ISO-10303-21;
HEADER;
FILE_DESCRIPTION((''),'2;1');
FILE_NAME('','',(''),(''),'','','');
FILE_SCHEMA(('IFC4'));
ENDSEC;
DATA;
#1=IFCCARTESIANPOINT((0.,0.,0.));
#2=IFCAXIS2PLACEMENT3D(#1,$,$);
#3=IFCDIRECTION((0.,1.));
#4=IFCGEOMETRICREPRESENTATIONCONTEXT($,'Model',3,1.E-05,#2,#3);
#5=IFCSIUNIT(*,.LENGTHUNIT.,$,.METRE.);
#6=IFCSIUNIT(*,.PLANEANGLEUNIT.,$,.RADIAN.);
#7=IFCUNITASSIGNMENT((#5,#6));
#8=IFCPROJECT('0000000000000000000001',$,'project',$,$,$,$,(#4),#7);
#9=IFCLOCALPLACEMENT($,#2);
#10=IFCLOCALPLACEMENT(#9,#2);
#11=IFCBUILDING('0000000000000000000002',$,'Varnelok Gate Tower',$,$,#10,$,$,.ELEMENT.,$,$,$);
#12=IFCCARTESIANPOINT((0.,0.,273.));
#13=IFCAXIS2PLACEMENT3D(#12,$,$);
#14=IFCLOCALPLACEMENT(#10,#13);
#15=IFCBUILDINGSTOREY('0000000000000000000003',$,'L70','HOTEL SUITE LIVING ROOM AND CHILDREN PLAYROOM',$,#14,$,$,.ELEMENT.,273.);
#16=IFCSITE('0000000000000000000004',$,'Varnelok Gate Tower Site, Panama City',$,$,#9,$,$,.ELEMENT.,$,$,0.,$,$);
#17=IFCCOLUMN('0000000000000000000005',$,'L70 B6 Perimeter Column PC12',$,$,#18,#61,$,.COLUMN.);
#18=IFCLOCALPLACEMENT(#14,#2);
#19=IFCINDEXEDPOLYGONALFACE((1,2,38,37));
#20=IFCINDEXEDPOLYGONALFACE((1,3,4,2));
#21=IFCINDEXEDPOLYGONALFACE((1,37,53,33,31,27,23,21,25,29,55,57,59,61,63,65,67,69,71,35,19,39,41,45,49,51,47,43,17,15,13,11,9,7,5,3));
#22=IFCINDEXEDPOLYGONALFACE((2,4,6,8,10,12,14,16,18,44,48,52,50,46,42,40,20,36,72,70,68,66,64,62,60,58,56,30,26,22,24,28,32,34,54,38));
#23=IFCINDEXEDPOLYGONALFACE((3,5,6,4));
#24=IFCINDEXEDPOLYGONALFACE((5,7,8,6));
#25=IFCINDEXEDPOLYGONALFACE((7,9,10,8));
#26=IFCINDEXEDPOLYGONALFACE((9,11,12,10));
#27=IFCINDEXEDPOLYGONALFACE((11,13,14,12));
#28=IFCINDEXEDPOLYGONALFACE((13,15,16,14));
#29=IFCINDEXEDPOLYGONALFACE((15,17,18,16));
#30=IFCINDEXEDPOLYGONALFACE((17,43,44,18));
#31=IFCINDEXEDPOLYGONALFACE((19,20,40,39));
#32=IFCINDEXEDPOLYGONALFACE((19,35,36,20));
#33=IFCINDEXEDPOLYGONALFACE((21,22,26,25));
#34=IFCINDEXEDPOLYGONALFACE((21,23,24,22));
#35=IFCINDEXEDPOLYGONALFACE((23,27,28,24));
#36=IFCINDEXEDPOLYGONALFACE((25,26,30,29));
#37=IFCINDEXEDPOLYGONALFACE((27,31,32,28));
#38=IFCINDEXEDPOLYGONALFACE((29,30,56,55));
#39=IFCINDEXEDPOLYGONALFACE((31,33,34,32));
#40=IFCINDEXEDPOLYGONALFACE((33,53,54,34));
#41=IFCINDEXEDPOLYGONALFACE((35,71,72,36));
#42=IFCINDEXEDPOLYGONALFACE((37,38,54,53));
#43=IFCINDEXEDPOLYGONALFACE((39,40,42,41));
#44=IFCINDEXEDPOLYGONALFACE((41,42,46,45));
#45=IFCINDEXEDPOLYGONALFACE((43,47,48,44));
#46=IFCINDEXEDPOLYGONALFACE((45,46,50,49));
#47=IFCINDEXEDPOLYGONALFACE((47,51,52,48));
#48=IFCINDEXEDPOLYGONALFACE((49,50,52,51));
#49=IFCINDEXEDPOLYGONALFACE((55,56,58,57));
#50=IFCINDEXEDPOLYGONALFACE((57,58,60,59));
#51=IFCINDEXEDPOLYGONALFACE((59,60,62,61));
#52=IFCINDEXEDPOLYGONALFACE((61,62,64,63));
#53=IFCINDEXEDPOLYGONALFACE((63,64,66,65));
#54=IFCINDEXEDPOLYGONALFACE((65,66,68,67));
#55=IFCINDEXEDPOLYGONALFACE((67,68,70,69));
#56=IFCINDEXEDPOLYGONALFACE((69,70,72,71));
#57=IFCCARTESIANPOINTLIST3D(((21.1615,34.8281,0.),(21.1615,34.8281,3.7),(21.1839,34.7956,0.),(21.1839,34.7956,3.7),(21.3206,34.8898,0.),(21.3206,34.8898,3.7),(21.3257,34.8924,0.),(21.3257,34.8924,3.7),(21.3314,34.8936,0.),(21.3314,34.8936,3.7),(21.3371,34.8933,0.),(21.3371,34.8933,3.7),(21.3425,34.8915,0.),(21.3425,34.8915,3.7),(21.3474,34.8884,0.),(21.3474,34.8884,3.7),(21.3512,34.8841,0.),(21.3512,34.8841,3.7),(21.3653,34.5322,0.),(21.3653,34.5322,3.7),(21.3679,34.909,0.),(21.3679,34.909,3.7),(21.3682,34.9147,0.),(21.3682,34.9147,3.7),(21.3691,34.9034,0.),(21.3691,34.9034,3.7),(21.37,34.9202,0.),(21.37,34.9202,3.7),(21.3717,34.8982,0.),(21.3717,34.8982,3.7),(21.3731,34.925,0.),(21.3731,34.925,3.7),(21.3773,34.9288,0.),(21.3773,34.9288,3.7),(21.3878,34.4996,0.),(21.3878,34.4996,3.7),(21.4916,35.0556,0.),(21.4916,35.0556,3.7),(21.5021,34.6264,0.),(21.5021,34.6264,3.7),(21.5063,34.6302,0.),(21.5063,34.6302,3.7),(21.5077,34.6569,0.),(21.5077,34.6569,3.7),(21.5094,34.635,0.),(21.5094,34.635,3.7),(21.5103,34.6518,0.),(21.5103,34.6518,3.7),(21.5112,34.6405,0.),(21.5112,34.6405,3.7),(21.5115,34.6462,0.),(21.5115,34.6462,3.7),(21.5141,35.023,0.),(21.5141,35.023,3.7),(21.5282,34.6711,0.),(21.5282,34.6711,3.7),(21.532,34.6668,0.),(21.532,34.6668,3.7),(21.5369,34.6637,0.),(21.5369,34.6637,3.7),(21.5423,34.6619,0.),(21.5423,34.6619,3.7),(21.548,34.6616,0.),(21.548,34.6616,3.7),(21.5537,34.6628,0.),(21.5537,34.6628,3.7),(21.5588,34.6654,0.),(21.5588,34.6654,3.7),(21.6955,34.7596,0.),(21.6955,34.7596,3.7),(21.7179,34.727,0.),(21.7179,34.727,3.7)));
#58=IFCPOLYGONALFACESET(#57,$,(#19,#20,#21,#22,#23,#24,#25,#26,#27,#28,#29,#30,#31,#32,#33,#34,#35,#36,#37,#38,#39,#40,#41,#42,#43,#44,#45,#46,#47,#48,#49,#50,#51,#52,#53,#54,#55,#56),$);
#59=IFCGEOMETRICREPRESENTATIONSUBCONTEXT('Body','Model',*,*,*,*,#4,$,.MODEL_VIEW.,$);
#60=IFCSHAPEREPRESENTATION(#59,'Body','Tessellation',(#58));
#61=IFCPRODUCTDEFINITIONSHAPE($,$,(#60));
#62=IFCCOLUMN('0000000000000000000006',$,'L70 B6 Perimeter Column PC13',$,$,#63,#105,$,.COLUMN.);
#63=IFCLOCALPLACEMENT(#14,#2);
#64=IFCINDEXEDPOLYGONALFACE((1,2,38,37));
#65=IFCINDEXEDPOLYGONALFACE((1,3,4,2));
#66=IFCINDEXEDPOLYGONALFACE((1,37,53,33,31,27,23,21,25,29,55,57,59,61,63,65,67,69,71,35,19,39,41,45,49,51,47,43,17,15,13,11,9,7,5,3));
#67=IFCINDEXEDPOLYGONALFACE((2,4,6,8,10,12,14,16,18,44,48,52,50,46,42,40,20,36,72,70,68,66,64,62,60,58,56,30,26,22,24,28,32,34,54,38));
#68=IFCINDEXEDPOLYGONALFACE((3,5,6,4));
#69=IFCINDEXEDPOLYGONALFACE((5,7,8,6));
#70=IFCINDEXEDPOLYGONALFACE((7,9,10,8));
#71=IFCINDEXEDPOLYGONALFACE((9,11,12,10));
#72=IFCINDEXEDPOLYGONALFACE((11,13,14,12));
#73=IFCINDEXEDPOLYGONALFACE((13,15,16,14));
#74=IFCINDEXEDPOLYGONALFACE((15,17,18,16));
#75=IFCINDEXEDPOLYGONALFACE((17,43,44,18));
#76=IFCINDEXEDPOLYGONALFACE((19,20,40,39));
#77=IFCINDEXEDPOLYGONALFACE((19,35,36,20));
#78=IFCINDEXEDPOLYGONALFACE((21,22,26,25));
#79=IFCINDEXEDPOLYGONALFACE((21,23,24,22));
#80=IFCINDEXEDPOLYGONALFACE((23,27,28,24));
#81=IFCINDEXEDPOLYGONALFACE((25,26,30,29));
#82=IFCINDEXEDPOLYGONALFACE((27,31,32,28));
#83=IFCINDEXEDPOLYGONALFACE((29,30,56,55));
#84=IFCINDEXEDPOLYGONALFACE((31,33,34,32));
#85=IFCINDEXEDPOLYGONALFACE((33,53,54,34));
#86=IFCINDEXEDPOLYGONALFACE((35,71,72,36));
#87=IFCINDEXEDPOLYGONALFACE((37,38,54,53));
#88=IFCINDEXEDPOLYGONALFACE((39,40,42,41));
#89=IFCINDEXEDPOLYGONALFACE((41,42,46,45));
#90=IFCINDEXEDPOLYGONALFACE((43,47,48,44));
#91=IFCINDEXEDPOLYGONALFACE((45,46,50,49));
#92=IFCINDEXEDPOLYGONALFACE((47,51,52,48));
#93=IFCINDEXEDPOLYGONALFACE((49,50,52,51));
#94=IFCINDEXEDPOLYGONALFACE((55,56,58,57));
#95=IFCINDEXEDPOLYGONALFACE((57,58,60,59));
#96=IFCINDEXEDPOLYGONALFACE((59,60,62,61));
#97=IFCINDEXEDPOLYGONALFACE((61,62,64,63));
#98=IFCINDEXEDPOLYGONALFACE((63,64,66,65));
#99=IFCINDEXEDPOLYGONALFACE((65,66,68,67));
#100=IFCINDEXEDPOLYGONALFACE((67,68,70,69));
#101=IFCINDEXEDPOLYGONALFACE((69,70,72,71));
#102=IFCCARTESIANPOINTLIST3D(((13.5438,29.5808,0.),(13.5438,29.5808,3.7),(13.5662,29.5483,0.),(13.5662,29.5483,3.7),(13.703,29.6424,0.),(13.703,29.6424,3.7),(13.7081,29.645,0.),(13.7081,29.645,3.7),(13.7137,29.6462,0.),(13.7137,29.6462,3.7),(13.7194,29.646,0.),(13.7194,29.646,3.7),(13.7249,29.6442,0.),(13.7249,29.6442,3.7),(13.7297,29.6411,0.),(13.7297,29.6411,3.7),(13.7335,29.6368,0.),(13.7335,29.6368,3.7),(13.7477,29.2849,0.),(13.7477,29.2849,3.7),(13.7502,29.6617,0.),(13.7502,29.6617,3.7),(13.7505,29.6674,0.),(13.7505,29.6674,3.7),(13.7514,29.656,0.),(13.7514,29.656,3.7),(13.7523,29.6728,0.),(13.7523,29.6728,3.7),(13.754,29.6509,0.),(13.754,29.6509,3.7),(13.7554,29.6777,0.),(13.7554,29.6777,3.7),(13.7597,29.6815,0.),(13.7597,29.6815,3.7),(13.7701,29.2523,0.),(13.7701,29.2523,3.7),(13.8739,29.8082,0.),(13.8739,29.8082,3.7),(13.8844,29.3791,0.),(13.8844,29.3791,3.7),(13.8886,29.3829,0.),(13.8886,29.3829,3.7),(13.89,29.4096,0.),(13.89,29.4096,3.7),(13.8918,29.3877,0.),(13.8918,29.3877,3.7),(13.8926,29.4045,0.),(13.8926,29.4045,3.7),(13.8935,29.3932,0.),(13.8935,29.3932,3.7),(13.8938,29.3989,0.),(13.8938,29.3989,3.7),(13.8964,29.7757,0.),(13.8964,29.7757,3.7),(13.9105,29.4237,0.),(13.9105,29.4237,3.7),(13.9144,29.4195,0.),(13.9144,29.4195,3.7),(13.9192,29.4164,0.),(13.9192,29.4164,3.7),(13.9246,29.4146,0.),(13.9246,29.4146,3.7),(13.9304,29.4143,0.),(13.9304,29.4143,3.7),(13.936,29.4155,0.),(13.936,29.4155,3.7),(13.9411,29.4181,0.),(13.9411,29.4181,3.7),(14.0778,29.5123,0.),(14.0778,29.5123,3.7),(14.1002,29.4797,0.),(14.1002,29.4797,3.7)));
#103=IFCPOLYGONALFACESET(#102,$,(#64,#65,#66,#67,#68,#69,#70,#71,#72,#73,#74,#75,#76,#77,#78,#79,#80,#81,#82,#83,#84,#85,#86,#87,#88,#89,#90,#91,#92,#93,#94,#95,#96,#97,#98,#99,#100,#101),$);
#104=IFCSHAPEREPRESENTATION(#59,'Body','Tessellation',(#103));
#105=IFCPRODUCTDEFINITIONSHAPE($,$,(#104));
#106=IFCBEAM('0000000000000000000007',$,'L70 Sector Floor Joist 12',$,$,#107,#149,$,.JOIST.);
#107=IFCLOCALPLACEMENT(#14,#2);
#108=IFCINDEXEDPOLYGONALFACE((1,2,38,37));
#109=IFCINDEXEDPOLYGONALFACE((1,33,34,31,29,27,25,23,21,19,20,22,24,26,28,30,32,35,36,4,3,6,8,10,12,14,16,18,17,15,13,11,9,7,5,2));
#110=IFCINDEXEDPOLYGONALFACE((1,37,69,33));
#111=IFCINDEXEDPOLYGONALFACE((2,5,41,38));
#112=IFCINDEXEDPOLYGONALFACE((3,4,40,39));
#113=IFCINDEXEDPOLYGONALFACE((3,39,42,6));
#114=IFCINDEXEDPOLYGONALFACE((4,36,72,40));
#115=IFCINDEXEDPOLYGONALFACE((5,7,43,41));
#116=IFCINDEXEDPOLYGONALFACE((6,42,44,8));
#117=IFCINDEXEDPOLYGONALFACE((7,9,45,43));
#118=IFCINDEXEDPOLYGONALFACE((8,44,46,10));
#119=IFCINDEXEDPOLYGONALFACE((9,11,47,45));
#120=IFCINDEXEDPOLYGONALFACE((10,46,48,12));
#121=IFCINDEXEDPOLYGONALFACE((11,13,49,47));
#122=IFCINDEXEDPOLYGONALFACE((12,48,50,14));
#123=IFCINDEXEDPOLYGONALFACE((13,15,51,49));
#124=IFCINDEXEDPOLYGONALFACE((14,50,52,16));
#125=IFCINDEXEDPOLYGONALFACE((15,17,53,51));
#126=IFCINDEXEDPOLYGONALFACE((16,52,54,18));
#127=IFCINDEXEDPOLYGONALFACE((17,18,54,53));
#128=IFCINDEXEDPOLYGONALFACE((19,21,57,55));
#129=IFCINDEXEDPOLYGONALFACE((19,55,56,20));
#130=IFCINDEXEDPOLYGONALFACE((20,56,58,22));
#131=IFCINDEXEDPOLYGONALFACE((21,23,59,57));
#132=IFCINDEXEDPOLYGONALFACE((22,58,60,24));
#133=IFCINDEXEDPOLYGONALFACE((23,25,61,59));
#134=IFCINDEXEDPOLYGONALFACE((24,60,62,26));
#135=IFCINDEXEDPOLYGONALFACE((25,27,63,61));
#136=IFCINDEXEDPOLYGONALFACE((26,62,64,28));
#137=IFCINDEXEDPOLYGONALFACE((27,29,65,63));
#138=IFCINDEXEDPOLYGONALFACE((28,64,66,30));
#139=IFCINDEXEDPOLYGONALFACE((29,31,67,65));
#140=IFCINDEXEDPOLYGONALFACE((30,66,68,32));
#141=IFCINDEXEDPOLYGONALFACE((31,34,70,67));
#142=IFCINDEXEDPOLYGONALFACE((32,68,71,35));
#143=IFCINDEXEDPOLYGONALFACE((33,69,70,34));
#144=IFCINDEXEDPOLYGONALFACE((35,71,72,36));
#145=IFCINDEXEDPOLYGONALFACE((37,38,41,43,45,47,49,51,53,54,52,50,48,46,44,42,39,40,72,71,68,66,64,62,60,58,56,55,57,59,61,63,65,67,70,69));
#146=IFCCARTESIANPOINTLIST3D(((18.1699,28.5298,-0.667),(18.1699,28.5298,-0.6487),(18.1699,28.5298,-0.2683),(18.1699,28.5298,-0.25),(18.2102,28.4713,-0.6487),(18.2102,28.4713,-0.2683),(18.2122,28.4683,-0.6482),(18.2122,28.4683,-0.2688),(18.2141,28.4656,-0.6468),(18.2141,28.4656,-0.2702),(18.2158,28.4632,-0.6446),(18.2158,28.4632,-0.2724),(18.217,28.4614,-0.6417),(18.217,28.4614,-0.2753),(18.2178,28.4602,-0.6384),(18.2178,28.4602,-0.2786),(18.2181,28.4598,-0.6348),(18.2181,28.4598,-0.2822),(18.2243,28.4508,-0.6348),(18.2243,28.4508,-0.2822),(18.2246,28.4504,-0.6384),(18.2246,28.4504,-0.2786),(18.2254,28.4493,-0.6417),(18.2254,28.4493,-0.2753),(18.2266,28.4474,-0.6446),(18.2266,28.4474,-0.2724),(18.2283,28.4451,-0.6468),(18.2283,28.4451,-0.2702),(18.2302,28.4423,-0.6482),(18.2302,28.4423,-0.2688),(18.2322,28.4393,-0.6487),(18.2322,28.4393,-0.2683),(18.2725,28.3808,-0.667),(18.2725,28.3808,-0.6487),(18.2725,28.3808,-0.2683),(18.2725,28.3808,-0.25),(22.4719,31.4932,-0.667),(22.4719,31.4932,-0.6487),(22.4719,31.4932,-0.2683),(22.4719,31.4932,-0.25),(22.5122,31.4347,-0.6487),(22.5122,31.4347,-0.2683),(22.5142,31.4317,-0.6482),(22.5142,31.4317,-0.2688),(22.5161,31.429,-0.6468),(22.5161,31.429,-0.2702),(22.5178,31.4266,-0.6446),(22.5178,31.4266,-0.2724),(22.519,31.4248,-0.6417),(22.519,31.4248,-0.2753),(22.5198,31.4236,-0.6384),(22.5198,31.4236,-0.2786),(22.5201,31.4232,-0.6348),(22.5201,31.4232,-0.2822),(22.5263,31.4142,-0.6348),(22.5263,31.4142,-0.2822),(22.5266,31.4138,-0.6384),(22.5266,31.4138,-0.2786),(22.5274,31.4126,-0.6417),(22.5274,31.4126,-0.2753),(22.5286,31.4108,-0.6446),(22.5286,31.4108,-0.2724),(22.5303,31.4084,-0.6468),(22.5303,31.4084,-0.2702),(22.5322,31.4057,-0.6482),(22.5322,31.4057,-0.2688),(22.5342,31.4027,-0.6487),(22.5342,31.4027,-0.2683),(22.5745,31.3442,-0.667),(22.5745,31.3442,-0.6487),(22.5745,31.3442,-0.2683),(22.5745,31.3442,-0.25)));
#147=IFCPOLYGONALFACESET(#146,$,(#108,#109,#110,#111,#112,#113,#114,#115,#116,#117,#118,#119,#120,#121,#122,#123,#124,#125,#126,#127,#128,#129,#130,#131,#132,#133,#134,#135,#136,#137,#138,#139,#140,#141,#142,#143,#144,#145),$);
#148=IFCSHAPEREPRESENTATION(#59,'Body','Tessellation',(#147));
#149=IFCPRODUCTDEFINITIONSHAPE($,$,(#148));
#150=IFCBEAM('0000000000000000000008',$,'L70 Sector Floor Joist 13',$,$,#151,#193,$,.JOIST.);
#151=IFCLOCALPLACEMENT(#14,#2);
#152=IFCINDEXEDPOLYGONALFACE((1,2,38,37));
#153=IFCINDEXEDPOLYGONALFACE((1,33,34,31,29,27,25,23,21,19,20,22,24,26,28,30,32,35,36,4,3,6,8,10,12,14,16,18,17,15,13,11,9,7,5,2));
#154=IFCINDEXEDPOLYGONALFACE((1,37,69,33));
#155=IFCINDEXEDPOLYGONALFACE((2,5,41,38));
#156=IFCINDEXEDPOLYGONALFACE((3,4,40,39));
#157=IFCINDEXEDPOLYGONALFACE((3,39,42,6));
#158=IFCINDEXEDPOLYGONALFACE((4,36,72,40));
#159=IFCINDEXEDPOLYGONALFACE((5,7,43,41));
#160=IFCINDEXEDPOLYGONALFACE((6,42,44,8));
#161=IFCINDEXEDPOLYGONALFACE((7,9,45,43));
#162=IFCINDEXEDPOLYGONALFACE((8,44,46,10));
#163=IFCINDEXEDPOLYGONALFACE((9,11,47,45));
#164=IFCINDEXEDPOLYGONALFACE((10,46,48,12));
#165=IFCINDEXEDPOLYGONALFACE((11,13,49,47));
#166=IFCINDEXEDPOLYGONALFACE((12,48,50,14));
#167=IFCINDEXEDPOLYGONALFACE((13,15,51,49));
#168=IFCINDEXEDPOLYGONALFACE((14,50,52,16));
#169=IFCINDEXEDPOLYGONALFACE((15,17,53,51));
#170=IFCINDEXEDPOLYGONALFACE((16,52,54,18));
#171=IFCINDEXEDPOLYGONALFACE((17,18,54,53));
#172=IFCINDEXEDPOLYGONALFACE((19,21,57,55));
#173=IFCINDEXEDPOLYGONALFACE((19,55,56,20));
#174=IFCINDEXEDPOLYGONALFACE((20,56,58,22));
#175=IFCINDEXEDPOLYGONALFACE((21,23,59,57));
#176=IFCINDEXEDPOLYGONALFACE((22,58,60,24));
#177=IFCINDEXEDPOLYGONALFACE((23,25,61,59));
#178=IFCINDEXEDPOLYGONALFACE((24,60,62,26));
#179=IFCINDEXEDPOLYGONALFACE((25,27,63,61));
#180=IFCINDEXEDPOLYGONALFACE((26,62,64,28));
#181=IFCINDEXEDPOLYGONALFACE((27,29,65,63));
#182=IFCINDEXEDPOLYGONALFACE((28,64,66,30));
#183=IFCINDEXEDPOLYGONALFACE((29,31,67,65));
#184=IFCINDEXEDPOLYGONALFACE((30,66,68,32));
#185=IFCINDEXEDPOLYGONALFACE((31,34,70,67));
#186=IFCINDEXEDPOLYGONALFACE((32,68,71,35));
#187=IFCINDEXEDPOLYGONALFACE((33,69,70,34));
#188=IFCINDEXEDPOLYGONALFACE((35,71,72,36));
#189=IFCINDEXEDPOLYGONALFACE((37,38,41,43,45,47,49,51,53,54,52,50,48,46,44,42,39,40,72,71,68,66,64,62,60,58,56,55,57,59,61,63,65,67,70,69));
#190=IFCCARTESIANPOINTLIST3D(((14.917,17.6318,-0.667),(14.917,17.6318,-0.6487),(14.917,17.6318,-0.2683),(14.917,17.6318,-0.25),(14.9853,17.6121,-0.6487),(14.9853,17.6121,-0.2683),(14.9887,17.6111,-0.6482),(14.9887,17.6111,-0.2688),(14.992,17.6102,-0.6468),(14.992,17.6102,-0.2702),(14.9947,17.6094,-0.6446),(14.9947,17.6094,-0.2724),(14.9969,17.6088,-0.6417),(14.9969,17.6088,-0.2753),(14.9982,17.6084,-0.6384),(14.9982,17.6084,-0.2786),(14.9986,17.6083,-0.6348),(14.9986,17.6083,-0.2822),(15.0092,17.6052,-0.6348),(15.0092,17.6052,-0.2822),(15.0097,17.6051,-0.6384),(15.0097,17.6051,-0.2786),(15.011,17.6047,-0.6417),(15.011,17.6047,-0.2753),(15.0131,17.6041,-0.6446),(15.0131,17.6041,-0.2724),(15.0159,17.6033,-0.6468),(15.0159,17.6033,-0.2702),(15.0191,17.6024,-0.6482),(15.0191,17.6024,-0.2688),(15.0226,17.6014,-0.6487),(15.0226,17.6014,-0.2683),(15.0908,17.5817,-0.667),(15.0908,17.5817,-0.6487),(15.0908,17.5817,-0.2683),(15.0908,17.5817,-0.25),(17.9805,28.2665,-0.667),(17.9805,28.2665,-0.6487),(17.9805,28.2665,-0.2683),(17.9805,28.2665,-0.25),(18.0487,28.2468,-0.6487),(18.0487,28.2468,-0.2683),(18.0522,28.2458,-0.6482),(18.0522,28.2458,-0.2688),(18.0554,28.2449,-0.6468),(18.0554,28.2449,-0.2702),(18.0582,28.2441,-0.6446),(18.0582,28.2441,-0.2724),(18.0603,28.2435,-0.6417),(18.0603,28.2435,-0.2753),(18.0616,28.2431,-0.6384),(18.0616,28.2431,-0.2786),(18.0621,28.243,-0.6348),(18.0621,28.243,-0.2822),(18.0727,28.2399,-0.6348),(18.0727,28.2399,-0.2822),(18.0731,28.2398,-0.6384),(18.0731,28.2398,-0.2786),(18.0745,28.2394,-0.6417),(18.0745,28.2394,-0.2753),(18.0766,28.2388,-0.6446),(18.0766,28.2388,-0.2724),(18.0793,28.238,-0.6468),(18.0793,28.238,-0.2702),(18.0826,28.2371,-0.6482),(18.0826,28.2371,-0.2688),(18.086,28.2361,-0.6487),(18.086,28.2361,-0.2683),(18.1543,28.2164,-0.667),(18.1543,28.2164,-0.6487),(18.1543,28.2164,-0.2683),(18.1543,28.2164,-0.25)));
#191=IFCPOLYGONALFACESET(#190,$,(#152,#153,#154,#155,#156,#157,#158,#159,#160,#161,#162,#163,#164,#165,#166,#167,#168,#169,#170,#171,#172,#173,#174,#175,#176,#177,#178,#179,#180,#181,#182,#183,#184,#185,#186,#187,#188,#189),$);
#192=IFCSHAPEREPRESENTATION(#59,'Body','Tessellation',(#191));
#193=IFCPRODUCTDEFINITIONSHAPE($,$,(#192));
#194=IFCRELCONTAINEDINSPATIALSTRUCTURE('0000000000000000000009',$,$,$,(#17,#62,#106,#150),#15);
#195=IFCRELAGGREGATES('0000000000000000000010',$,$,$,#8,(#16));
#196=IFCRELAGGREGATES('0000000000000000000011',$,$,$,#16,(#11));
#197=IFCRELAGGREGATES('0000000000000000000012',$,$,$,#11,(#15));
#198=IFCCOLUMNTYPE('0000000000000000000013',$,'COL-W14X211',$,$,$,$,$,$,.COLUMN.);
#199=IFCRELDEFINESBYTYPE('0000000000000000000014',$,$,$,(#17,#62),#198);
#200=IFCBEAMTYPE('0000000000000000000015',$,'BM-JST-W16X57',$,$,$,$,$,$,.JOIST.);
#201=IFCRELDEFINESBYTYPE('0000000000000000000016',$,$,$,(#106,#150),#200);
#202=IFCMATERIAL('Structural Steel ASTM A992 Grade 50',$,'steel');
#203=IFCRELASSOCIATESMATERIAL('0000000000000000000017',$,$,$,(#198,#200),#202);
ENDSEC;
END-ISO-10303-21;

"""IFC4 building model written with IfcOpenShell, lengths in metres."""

from ifc_helpers import new_model, si_unit, direction, frame, origin, origin_2d, place, context, subcontext, project, spatial, i_section, extrude, material, material_profile, profile_set, type_object, element, save


model = new_model("IFC4")

# Units and contexts
model_context = context("Model", 3, precision=1e-05, world=origin(), true_north=direction((0.0, 1.0)))
body_context = subcontext(model_context, "Body", "Model", "MODEL_VIEW")
ifc_project = project(units=[si_unit("LENGTHUNIT", "METRE"), si_unit("PLANEANGLEUNIT", "RADIAN")], contexts=[model_context])

# Site, building, storey
site_placement = place(None, origin())
site = spatial("IfcSite", under=ifc_project, at=site_placement, Name="Varnelok Gate Tower Site, Panama City", CompositionType="ELEMENT", RefElevation=0.0)
building_placement = place(site_placement, origin())
building = spatial("IfcBuilding", under=site, at=building_placement, Name="Varnelok Gate Tower", CompositionType="ELEMENT")
storey_placement = place(building_placement, frame((0.0, 0.0, 273.0)))
storey = spatial("IfcBuildingStorey", under=building, at=storey_placement, Name="L70", Description="HOTEL SUITE LIVING ROOM AND CHILDREN PLAYROOM", CompositionType="ELEMENT", Elevation=273.0)

# Columns
ifc_material_1 = material(Name="Structural Steel ASTM A992 Grade 50", Category="steel")
ifc_material_profile_1 = material_profile(ifc_material_1, i_section(OverallWidth=0.4009, OverallDepth=0.3989, WebThickness=0.0249, FlangeThickness=0.0396, FilletRadius=0.022, at=origin_2d()), Name="W14X211")
ifc_profile_set_1 = profile_set([ifc_material_profile_1], Name="Structural Steel ASTM A992 Grade 50")
column_type = type_object("IfcColumnType", Name="COL-W14X211", PredefinedType="COLUMN", material=ifc_profile_set_1)
for number, where, z_axis, x_axis, name in (
    (1, (21.4397, 34.7776, 0.0), (0.0, 0.0, 1.0), (0.823533, 0.567269, 0.0), "L70 B6 Perimeter Column PC12"),
    (2, (13.822, 29.5303, 0.0), (0.0, 0.0, 1.0), (0.823533, 0.567269, 0.0), "L70 B6 Perimeter Column PC13"),
):
    element("IfcColumn", number, at=place(storey_placement, frame(where, z_axis=z_axis, x_axis=x_axis)), inside=storey, type_object=column_type, Name=name, PredefinedType="COLUMN", context=body_context, shape_type="SweptSolid", body=[
        extrude(i_section(OverallWidth=0.4009, OverallDepth=0.3989, WebThickness=0.0249, FlangeThickness=0.0396, FilletRadius=0.022, at=origin_2d()), origin(), (0.0, 0.0, 1.0), 3.7),
    ])

# Beams
ifc_material_profile_2 = material_profile(ifc_material_1, i_section(OverallWidth=0.1809, OverallDepth=0.417, WebThickness=0.011, FlangeThickness=0.0183, FilletRadius=0.0139, at=origin_2d()), Name="W16X57")
ifc_profile_set_2 = profile_set([ifc_material_profile_2], Name="Structural Steel ASTM A992 Grade 50")
beam_type_1 = type_object("IfcBeamType", Name="BM-JST-W16X57", PredefinedType="JOIST", material=ifc_profile_set_2)
beam_1_placement = place(storey_placement, frame((22.5232, 31.4187, -0.4585), z_axis=(-0.823527, -0.567276, 0.0), x_axis=(0.567276, -0.823527, 0.0)))
element("IfcBeam", 3, at=beam_1_placement, inside=storey, type_object=beam_type_1, Name="L70 Sector Floor Joist 12", PredefinedType="JOIST", context=body_context, shape_type="SweptSolid", body=[
    extrude(i_section(OverallWidth=0.1809, OverallDepth=0.417, WebThickness=0.011, FlangeThickness=0.0183, FilletRadius=0.0139, at=origin_2d()), origin(), (0.0, 0.0, 1.0), 5.2239),
])
beam_2_placement = place(storey_placement, frame((18.0674, 28.2415, -0.4585), z_axis=(-0.276807, -0.960926, 0.0), x_axis=(0.960926, -0.276807, 0.0)))
element("IfcBeam", 4, at=beam_2_placement, inside=storey, type_object=beam_type_1, Name="L70 Sector Floor Joist 13", PredefinedType="JOIST", context=body_context, shape_type="SweptSolid", body=[
    extrude(i_section(OverallWidth=0.1809, OverallDepth=0.417, WebThickness=0.011, FlangeThickness=0.0183, FilletRadius=0.0139, at=origin_2d()), origin(), (0.0, 0.0, 1.0), 11.0671),
])

save(model, "model.ifc")
